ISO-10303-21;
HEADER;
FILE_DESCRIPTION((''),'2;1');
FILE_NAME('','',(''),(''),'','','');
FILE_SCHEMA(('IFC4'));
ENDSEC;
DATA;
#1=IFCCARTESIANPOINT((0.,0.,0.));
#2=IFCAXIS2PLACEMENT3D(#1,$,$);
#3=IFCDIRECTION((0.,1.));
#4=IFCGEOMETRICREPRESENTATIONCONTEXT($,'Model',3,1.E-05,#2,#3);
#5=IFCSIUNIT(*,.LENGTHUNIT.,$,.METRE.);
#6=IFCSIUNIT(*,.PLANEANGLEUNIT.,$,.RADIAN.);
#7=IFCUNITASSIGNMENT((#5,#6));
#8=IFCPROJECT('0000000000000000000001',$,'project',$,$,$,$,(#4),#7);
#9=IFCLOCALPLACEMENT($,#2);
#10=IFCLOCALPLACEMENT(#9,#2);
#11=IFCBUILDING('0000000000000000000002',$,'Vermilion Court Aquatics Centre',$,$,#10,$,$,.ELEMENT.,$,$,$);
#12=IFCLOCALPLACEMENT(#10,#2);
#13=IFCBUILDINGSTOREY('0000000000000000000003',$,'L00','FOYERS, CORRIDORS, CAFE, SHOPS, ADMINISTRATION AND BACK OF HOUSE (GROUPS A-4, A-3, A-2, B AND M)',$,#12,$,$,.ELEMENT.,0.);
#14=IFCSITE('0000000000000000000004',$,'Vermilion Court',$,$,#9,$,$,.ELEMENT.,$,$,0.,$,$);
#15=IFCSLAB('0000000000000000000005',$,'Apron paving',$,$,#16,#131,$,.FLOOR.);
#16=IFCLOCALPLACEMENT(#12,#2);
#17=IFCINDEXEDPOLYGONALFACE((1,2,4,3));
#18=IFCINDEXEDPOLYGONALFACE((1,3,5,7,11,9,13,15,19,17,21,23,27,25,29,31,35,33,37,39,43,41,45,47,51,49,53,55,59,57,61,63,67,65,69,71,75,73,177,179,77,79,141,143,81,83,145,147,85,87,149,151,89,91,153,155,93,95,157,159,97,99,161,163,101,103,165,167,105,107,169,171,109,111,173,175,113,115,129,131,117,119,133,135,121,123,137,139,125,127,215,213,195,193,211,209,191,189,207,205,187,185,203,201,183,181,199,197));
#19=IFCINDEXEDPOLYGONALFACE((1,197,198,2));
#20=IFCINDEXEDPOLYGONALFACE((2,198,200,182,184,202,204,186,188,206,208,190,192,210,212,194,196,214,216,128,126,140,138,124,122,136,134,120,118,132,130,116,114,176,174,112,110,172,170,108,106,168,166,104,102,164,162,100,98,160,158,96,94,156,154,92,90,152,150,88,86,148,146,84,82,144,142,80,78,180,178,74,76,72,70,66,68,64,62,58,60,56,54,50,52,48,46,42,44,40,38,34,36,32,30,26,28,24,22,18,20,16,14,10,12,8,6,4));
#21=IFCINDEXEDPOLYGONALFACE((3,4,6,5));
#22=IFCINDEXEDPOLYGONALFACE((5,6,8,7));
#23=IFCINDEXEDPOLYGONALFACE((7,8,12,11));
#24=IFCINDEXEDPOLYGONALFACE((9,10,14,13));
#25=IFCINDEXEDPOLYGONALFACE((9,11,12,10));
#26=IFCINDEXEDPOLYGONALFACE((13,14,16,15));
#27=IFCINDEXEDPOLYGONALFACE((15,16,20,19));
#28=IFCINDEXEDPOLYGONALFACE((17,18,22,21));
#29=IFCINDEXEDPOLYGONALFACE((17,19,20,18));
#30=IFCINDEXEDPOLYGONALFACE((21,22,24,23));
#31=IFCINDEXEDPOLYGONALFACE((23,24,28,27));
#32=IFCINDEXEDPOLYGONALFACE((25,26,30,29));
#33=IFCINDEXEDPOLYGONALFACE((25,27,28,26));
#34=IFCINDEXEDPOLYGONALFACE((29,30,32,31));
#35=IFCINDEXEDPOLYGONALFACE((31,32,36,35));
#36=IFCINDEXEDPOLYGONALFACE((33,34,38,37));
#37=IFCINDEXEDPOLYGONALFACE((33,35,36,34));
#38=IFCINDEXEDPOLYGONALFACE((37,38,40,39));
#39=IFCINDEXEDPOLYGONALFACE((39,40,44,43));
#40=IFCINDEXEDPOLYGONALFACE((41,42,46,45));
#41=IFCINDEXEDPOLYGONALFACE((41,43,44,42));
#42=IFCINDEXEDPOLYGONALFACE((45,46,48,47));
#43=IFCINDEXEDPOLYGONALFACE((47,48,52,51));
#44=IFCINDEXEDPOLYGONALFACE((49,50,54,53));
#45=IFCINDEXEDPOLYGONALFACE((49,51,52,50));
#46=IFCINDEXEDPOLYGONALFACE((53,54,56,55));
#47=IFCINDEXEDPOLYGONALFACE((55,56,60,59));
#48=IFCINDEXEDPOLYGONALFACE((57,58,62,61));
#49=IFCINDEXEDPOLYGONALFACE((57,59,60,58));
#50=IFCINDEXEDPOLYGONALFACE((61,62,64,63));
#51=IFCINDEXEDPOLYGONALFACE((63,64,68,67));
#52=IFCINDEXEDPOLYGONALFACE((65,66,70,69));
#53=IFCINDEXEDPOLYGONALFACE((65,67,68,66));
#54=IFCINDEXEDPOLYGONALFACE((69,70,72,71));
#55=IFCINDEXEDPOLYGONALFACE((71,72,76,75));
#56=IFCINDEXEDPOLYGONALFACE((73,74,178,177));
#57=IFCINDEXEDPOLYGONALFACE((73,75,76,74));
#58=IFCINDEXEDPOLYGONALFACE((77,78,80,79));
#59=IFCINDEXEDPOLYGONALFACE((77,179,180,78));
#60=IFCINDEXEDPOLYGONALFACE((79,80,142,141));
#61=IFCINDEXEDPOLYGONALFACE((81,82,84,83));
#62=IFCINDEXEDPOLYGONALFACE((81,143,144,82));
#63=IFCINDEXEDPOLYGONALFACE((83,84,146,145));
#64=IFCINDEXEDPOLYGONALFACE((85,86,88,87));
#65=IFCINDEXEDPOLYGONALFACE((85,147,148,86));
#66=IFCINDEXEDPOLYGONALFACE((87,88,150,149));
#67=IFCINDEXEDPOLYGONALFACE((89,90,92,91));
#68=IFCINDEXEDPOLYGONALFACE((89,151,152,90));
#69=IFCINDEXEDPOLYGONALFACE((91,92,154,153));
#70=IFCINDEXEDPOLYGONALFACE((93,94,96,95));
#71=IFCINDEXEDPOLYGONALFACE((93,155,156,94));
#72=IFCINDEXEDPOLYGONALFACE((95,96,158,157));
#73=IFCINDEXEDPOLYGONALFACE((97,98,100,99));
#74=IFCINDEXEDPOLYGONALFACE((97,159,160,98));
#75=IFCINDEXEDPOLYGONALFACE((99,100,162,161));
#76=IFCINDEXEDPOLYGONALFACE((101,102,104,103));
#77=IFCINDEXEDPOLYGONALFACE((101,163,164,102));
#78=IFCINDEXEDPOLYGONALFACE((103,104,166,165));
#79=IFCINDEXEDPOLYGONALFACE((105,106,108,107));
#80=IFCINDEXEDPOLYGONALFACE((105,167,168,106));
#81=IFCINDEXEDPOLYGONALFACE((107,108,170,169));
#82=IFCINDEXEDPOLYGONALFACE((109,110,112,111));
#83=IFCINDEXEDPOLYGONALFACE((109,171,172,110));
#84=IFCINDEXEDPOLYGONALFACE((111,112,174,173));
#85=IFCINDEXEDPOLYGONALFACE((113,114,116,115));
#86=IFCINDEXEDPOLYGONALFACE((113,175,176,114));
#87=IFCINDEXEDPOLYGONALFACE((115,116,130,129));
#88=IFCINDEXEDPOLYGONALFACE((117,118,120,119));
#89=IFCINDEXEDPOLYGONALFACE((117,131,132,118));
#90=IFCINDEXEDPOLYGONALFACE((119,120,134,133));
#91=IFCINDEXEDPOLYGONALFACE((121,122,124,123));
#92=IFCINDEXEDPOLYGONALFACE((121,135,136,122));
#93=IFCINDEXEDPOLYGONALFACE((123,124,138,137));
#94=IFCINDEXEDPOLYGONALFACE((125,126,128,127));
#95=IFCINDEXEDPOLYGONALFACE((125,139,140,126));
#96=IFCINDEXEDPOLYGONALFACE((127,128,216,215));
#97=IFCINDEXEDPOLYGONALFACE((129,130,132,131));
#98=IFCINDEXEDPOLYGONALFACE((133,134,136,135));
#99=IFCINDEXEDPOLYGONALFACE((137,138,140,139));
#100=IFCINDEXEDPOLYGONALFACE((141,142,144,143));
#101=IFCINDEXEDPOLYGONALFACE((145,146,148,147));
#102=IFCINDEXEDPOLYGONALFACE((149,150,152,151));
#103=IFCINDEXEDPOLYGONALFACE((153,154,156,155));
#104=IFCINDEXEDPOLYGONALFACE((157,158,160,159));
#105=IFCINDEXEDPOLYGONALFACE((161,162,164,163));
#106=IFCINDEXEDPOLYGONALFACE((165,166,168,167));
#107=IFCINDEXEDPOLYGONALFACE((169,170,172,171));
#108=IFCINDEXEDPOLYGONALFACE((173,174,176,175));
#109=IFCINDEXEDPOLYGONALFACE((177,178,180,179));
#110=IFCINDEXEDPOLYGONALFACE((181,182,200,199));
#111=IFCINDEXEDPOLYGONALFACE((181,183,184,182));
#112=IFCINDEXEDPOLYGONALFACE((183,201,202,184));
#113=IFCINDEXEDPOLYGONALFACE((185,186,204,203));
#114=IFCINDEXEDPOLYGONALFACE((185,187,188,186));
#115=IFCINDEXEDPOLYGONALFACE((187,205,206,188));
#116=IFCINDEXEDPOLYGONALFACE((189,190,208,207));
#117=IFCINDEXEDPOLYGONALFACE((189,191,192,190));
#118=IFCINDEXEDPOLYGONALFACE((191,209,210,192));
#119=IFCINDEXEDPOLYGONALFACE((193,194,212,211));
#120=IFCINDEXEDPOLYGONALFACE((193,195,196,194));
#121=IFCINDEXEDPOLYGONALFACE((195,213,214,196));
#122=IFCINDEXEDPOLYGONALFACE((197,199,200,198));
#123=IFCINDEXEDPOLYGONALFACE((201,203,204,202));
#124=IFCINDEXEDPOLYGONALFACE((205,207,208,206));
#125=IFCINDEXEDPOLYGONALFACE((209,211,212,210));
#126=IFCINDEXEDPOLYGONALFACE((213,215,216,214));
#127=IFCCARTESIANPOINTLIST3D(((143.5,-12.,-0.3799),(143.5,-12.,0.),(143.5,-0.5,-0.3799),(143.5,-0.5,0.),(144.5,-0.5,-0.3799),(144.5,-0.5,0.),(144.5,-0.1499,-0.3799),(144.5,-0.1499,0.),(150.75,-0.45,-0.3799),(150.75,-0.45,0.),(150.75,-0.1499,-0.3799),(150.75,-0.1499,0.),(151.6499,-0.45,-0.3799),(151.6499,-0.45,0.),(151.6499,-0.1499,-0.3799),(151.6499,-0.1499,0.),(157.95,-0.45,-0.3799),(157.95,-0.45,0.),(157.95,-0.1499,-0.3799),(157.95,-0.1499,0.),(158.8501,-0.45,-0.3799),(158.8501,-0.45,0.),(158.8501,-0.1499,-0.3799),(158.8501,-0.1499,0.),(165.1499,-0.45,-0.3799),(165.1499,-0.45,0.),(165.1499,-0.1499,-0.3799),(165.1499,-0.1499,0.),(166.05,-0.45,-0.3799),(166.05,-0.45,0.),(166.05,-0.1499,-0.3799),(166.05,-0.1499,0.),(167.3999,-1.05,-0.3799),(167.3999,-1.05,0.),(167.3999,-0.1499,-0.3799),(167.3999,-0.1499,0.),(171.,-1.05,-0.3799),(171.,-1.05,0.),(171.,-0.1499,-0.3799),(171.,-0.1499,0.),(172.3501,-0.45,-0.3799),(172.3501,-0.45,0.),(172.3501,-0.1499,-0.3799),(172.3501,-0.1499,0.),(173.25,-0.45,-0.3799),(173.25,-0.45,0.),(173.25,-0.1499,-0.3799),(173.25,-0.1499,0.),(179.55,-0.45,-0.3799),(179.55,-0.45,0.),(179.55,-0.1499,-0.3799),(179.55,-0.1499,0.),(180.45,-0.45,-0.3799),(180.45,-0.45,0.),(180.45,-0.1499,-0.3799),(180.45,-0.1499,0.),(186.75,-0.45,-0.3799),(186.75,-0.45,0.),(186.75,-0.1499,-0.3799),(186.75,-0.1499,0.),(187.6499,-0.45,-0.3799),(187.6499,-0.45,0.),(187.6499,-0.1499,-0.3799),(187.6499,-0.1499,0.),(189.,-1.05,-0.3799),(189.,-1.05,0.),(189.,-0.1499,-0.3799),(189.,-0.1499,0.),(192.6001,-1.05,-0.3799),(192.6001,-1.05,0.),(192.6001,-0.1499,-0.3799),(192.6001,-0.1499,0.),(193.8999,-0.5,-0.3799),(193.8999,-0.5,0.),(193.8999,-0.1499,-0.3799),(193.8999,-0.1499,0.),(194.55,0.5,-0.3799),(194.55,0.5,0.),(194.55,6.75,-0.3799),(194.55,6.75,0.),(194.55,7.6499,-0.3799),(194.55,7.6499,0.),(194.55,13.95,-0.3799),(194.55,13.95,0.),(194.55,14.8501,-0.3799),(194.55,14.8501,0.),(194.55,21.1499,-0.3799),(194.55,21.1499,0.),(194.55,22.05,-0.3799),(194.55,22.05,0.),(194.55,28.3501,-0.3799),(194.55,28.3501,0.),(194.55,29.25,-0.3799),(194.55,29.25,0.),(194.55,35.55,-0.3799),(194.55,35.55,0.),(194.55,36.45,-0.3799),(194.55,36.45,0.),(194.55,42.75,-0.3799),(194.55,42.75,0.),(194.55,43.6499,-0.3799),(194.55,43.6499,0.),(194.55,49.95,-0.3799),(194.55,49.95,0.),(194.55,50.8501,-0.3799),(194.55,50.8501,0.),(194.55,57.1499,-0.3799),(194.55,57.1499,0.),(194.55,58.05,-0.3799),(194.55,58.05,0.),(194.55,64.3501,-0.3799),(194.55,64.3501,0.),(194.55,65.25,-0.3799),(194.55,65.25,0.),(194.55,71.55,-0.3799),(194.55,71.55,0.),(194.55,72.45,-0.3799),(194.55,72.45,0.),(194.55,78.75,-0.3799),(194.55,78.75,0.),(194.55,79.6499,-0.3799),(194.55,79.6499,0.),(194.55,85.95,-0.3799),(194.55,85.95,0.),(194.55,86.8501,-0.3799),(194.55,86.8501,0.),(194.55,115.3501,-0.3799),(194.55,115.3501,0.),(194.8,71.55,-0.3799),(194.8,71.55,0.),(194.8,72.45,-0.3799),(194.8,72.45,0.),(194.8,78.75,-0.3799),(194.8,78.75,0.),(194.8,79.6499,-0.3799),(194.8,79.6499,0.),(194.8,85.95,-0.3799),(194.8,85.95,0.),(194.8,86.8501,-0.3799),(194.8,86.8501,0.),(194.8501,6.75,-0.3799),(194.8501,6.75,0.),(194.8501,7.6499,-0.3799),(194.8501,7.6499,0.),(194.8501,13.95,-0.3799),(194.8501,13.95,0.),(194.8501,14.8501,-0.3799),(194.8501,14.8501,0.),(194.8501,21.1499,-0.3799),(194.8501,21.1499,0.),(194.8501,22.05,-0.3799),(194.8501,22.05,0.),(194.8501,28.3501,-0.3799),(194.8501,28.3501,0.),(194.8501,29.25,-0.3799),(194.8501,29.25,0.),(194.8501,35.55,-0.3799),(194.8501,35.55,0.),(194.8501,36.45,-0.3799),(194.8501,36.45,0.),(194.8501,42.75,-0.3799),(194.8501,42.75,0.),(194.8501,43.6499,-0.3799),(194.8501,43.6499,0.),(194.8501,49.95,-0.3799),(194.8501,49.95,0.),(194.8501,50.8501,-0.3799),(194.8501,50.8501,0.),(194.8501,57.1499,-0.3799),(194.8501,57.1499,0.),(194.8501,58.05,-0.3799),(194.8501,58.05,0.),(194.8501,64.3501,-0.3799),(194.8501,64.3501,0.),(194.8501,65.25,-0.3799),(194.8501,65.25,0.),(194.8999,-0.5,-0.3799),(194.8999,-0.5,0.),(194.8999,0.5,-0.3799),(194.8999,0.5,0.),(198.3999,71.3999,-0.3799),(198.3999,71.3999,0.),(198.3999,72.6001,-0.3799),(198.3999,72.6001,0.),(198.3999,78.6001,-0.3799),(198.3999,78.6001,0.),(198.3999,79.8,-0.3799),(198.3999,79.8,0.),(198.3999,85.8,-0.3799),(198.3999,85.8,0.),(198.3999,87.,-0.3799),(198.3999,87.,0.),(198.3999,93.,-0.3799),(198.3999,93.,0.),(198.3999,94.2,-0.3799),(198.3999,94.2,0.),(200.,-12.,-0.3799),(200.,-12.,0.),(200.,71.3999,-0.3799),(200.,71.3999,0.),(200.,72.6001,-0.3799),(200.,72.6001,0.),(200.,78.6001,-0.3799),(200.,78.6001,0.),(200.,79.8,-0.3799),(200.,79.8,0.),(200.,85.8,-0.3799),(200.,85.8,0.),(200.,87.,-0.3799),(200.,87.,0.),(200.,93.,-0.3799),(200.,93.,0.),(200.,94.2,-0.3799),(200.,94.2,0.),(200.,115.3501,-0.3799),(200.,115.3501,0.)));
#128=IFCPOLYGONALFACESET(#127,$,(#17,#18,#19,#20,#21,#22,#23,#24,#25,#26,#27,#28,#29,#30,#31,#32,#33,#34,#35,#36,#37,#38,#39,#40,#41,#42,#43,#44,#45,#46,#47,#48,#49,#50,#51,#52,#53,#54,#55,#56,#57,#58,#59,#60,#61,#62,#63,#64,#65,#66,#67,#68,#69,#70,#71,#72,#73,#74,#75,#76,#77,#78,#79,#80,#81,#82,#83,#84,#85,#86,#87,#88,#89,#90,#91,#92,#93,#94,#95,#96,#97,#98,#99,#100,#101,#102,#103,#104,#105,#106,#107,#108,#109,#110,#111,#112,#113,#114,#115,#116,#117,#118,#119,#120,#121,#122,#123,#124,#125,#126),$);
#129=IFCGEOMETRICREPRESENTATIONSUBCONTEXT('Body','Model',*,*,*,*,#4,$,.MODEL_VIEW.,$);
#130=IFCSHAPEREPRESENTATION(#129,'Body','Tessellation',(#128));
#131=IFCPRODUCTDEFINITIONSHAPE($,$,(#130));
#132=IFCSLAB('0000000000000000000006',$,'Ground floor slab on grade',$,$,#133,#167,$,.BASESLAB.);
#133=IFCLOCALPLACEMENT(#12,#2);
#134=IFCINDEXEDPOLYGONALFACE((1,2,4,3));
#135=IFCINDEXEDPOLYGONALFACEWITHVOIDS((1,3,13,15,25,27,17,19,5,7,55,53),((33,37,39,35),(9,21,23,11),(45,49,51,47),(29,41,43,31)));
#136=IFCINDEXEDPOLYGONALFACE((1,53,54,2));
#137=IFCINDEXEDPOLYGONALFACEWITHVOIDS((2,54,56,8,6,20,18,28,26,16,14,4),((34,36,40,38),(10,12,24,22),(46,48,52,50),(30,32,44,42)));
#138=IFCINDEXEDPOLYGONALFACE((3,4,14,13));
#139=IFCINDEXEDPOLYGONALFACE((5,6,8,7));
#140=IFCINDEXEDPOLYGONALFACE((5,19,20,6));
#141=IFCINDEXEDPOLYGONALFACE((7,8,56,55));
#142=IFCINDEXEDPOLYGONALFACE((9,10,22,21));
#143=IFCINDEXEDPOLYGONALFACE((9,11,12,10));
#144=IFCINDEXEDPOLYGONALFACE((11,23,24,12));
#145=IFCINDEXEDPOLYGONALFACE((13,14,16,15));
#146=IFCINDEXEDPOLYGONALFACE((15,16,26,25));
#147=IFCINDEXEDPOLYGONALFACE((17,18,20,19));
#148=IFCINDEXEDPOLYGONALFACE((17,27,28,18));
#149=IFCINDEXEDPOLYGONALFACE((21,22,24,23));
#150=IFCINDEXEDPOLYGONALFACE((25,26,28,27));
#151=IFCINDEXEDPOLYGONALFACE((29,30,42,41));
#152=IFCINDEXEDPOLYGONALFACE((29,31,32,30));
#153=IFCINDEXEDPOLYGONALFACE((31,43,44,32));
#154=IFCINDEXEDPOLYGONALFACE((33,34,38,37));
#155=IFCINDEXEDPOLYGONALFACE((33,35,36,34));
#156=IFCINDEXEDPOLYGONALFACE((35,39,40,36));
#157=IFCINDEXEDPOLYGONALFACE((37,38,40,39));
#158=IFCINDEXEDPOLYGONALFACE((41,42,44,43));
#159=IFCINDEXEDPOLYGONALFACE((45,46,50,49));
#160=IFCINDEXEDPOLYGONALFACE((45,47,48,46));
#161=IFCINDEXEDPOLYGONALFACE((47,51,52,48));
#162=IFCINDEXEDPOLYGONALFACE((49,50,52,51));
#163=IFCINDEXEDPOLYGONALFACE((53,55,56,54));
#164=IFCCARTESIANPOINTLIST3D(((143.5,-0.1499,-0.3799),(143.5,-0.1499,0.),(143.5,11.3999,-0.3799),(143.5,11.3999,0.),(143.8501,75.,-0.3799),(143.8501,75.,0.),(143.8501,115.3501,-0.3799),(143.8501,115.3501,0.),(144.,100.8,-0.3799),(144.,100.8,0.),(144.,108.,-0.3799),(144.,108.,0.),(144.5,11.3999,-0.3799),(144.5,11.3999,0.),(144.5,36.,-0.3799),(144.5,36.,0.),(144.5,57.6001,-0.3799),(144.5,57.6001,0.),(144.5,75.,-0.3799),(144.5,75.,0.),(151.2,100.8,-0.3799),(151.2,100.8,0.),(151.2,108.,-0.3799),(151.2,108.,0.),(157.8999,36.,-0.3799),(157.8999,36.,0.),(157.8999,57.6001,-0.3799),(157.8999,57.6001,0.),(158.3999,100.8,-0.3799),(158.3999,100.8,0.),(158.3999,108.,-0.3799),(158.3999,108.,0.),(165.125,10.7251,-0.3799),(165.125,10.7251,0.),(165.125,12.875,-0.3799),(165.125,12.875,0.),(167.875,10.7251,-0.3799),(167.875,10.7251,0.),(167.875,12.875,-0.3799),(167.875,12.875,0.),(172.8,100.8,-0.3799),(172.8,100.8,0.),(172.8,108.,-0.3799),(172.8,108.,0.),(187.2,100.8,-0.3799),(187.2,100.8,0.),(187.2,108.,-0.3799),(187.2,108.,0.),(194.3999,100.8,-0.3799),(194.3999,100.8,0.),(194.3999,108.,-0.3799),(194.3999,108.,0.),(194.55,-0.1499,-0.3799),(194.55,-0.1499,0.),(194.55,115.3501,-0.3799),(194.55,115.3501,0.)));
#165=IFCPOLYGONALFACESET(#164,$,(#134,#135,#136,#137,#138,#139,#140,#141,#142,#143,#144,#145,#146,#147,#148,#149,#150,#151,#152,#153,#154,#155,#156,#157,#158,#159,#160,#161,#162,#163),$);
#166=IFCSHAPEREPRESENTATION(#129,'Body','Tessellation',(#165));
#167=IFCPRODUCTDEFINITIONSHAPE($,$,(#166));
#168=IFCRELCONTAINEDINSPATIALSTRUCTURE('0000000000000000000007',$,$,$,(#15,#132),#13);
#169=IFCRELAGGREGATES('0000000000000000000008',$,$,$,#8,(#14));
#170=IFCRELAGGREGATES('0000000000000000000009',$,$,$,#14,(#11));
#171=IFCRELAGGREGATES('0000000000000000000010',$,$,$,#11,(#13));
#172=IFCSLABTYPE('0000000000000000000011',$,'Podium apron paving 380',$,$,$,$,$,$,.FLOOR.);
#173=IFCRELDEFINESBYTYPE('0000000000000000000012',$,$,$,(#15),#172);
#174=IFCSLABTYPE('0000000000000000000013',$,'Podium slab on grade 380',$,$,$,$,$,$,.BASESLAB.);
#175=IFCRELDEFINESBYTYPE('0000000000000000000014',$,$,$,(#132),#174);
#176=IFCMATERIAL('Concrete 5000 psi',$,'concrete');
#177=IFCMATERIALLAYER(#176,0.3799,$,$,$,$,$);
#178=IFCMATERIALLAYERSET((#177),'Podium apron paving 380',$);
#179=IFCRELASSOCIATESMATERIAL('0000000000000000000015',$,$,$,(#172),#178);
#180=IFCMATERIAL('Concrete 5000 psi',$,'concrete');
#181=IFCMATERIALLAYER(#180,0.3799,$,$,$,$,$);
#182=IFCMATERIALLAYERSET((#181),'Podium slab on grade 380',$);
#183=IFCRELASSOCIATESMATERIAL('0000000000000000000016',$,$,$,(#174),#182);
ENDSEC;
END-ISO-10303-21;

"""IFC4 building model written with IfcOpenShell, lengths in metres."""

from ifc_helpers import new_model, si_unit, direction, frame, origin, place, context, subcontext, project, spatial, polyline, outline, extrude, material, layer, layer_set, type_object, element, save


model = new_model("IFC4")

# Units and contexts
model_context = context("Model", 3, precision=1e-05, world=origin(), true_north=direction((0.0, 1.0)))
body_context = subcontext(model_context, "Body", "Model", "MODEL_VIEW")
ifc_project = project(units=[si_unit("LENGTHUNIT", "METRE"), si_unit("PLANEANGLEUNIT", "RADIAN")], contexts=[model_context])

# Site, building, storey
site_placement = place(None, origin())
site = spatial("IfcSite", under=ifc_project, at=site_placement, Name="Vermilion Court", CompositionType="ELEMENT", RefElevation=0.0)
building_placement = place(site_placement, origin())
building = spatial("IfcBuilding", under=site, at=building_placement, Name="Vermilion Court Aquatics Centre", CompositionType="ELEMENT")
storey_placement = place(building_placement, origin())
storey = spatial("IfcBuildingStorey", under=building, at=storey_placement, Name="L00", Description="FOYERS, CORRIDORS, CAFE, SHOPS, ADMINISTRATION AND BACK OF HOUSE (GROUPS A-4, A-3, A-2, B AND M)", CompositionType="ELEMENT", Elevation=0.0)

# Slabs
ifc_material_1 = material(Name="Concrete 5000 psi", Category="concrete")
ifc_layer_1 = layer(ifc_material_1, 0.3799)
ifc_layer_set_1 = layer_set([ifc_layer_1], Name="Podium apron paving 380")
slab_type_1 = type_object("IfcSlabType", Name="Podium apron paving 380", PredefinedType="FLOOR", material=ifc_layer_set_1)
slab_1_placement = place(storey_placement, frame((0.0, 0.0, -0.3799)))
element("IfcSlab", 1, at=slab_1_placement, inside=storey, type_object=slab_type_1, Name="Apron paving", PredefinedType="FLOOR", context=body_context, shape_type="SweptSolid", body=[
    extrude(outline(polyline([(200.0, -12.0), (143.5, -12.0), (143.5, -0.5), (144.5, -0.5), (144.5, -0.1499), (150.75, -0.1499), (150.75, -0.45), (151.6499, -0.45), (151.6499, -0.1499), (157.95, -0.1499), (157.95, -0.45), (158.8501, -0.45), (158.8501, -0.1499), (165.1499, -0.1499), (165.1499, -0.45), (166.05, -0.45), (166.05, -0.1499), (167.3999, -0.1499), (167.3999, -1.05), (171.0, -1.05), (171.0, -0.1499), (172.3501, -0.1499), (172.3501, -0.45), (173.25, -0.45), (173.25, -0.1499), (179.55, -0.1499), (179.55, -0.45), (180.45, -0.45), (180.45, -0.1499), (186.75, -0.1499), (186.75, -0.45), (187.6499, -0.45), (187.6499, -0.1499), (189.0, -0.1499), (189.0, -1.05), (192.6001, -1.05), (192.6001, -0.1499), (193.8999, -0.1499), (193.8999, -0.5), (194.8999, -0.5), (194.8999, 0.5), (194.55, 0.5), (194.55, 6.75), (194.8501, 6.75), (194.8501, 7.6499), (194.55, 7.6499), (194.55, 13.95), (194.8501, 13.95), (194.8501, 14.8501), (194.55, 14.8501), (194.55, 21.1499), (194.8501, 21.1499), (194.8501, 22.05), (194.55, 22.05), (194.55, 28.3501), (194.8501, 28.3501), (194.8501, 29.25), (194.55, 29.25), (194.55, 35.55), (194.8501, 35.55), (194.8501, 36.45), (194.55, 36.45), (194.55, 42.75), (194.8501, 42.75), (194.8501, 43.6499), (194.55, 43.6499), (194.55, 49.95), (194.8501, 49.95), (194.8501, 50.8501), (194.55, 50.8501), (194.55, 57.1499), (194.8501, 57.1499), (194.8501, 58.05), (194.55, 58.05), (194.55, 64.3501), (194.8501, 64.3501), (194.8501, 65.25), (194.55, 65.25), (194.55, 71.55), (194.8, 71.55), (194.8, 72.45), (194.55, 72.45), (194.55, 78.75), (194.8, 78.75), (194.8, 79.6499), (194.55, 79.6499), (194.55, 85.95), (194.8, 85.95), (194.8, 86.8501), (194.55, 86.8501), (194.55, 115.3501), (200.0, 115.3501), (200.0, 94.2), (198.3999, 94.2), (198.3999, 93.0), (200.0, 93.0), (200.0, 87.0), (198.3999, 87.0), (198.3999, 85.8), (200.0, 85.8), (200.0, 79.8), (198.3999, 79.8), (198.3999, 78.6001), (200.0, 78.6001), (200.0, 72.6001), (198.3999, 72.6001), (198.3999, 71.3999), (200.0, 71.3999), (200.0, -12.0)])), origin(), (0.0, 0.0, 1.0), 0.3799),
])
ifc_material_2 = material(Name="Concrete 5000 psi", Category="concrete")
ifc_layer_2 = layer(ifc_material_2, 0.3799)
ifc_layer_set_2 = layer_set([ifc_layer_2], Name="Podium slab on grade 380")
slab_type_2 = type_object("IfcSlabType", Name="Podium slab on grade 380", PredefinedType="BASESLAB", material=ifc_layer_set_2)
slab_2_placement = place(storey_placement, frame((0.0, 0.0, -0.3799)))
element("IfcSlab", 2, at=slab_2_placement, inside=storey, type_object=slab_type_2, Name="Ground floor slab on grade", PredefinedType="BASESLAB", context=body_context, shape_type="SweptSolid", body=[
    extrude(outline(polyline([(143.8501, 75.0), (143.8501, 115.3501), (194.55, 115.3501), (194.55, -0.1499), (143.5, -0.1499), (143.5, 11.3999), (144.5, 11.3999), (144.5, 36.0), (157.8999, 36.0), (157.8999, 57.6001), (144.5, 57.6001), (144.5, 75.0), (143.8501, 75.0)]), holes=[polyline([(151.2, 100.8), (151.2, 108.0), (144.0, 108.0), (144.0, 100.8), (151.2, 100.8)]), polyline([(172.8, 100.8), (172.8, 108.0), (158.3999, 108.0), (158.3999, 100.8), (172.8, 100.8)]), polyline([(194.3999, 100.8), (194.3999, 108.0), (187.2, 108.0), (187.2, 100.8), (194.3999, 100.8)]), polyline([(167.875, 12.875), (165.125, 12.875), (165.125, 10.7251), (167.875, 10.7251), (167.875, 12.875)])]), origin(), (0.0, 0.0, 1.0), 0.3799),
])

save(model, "model.ifc")
